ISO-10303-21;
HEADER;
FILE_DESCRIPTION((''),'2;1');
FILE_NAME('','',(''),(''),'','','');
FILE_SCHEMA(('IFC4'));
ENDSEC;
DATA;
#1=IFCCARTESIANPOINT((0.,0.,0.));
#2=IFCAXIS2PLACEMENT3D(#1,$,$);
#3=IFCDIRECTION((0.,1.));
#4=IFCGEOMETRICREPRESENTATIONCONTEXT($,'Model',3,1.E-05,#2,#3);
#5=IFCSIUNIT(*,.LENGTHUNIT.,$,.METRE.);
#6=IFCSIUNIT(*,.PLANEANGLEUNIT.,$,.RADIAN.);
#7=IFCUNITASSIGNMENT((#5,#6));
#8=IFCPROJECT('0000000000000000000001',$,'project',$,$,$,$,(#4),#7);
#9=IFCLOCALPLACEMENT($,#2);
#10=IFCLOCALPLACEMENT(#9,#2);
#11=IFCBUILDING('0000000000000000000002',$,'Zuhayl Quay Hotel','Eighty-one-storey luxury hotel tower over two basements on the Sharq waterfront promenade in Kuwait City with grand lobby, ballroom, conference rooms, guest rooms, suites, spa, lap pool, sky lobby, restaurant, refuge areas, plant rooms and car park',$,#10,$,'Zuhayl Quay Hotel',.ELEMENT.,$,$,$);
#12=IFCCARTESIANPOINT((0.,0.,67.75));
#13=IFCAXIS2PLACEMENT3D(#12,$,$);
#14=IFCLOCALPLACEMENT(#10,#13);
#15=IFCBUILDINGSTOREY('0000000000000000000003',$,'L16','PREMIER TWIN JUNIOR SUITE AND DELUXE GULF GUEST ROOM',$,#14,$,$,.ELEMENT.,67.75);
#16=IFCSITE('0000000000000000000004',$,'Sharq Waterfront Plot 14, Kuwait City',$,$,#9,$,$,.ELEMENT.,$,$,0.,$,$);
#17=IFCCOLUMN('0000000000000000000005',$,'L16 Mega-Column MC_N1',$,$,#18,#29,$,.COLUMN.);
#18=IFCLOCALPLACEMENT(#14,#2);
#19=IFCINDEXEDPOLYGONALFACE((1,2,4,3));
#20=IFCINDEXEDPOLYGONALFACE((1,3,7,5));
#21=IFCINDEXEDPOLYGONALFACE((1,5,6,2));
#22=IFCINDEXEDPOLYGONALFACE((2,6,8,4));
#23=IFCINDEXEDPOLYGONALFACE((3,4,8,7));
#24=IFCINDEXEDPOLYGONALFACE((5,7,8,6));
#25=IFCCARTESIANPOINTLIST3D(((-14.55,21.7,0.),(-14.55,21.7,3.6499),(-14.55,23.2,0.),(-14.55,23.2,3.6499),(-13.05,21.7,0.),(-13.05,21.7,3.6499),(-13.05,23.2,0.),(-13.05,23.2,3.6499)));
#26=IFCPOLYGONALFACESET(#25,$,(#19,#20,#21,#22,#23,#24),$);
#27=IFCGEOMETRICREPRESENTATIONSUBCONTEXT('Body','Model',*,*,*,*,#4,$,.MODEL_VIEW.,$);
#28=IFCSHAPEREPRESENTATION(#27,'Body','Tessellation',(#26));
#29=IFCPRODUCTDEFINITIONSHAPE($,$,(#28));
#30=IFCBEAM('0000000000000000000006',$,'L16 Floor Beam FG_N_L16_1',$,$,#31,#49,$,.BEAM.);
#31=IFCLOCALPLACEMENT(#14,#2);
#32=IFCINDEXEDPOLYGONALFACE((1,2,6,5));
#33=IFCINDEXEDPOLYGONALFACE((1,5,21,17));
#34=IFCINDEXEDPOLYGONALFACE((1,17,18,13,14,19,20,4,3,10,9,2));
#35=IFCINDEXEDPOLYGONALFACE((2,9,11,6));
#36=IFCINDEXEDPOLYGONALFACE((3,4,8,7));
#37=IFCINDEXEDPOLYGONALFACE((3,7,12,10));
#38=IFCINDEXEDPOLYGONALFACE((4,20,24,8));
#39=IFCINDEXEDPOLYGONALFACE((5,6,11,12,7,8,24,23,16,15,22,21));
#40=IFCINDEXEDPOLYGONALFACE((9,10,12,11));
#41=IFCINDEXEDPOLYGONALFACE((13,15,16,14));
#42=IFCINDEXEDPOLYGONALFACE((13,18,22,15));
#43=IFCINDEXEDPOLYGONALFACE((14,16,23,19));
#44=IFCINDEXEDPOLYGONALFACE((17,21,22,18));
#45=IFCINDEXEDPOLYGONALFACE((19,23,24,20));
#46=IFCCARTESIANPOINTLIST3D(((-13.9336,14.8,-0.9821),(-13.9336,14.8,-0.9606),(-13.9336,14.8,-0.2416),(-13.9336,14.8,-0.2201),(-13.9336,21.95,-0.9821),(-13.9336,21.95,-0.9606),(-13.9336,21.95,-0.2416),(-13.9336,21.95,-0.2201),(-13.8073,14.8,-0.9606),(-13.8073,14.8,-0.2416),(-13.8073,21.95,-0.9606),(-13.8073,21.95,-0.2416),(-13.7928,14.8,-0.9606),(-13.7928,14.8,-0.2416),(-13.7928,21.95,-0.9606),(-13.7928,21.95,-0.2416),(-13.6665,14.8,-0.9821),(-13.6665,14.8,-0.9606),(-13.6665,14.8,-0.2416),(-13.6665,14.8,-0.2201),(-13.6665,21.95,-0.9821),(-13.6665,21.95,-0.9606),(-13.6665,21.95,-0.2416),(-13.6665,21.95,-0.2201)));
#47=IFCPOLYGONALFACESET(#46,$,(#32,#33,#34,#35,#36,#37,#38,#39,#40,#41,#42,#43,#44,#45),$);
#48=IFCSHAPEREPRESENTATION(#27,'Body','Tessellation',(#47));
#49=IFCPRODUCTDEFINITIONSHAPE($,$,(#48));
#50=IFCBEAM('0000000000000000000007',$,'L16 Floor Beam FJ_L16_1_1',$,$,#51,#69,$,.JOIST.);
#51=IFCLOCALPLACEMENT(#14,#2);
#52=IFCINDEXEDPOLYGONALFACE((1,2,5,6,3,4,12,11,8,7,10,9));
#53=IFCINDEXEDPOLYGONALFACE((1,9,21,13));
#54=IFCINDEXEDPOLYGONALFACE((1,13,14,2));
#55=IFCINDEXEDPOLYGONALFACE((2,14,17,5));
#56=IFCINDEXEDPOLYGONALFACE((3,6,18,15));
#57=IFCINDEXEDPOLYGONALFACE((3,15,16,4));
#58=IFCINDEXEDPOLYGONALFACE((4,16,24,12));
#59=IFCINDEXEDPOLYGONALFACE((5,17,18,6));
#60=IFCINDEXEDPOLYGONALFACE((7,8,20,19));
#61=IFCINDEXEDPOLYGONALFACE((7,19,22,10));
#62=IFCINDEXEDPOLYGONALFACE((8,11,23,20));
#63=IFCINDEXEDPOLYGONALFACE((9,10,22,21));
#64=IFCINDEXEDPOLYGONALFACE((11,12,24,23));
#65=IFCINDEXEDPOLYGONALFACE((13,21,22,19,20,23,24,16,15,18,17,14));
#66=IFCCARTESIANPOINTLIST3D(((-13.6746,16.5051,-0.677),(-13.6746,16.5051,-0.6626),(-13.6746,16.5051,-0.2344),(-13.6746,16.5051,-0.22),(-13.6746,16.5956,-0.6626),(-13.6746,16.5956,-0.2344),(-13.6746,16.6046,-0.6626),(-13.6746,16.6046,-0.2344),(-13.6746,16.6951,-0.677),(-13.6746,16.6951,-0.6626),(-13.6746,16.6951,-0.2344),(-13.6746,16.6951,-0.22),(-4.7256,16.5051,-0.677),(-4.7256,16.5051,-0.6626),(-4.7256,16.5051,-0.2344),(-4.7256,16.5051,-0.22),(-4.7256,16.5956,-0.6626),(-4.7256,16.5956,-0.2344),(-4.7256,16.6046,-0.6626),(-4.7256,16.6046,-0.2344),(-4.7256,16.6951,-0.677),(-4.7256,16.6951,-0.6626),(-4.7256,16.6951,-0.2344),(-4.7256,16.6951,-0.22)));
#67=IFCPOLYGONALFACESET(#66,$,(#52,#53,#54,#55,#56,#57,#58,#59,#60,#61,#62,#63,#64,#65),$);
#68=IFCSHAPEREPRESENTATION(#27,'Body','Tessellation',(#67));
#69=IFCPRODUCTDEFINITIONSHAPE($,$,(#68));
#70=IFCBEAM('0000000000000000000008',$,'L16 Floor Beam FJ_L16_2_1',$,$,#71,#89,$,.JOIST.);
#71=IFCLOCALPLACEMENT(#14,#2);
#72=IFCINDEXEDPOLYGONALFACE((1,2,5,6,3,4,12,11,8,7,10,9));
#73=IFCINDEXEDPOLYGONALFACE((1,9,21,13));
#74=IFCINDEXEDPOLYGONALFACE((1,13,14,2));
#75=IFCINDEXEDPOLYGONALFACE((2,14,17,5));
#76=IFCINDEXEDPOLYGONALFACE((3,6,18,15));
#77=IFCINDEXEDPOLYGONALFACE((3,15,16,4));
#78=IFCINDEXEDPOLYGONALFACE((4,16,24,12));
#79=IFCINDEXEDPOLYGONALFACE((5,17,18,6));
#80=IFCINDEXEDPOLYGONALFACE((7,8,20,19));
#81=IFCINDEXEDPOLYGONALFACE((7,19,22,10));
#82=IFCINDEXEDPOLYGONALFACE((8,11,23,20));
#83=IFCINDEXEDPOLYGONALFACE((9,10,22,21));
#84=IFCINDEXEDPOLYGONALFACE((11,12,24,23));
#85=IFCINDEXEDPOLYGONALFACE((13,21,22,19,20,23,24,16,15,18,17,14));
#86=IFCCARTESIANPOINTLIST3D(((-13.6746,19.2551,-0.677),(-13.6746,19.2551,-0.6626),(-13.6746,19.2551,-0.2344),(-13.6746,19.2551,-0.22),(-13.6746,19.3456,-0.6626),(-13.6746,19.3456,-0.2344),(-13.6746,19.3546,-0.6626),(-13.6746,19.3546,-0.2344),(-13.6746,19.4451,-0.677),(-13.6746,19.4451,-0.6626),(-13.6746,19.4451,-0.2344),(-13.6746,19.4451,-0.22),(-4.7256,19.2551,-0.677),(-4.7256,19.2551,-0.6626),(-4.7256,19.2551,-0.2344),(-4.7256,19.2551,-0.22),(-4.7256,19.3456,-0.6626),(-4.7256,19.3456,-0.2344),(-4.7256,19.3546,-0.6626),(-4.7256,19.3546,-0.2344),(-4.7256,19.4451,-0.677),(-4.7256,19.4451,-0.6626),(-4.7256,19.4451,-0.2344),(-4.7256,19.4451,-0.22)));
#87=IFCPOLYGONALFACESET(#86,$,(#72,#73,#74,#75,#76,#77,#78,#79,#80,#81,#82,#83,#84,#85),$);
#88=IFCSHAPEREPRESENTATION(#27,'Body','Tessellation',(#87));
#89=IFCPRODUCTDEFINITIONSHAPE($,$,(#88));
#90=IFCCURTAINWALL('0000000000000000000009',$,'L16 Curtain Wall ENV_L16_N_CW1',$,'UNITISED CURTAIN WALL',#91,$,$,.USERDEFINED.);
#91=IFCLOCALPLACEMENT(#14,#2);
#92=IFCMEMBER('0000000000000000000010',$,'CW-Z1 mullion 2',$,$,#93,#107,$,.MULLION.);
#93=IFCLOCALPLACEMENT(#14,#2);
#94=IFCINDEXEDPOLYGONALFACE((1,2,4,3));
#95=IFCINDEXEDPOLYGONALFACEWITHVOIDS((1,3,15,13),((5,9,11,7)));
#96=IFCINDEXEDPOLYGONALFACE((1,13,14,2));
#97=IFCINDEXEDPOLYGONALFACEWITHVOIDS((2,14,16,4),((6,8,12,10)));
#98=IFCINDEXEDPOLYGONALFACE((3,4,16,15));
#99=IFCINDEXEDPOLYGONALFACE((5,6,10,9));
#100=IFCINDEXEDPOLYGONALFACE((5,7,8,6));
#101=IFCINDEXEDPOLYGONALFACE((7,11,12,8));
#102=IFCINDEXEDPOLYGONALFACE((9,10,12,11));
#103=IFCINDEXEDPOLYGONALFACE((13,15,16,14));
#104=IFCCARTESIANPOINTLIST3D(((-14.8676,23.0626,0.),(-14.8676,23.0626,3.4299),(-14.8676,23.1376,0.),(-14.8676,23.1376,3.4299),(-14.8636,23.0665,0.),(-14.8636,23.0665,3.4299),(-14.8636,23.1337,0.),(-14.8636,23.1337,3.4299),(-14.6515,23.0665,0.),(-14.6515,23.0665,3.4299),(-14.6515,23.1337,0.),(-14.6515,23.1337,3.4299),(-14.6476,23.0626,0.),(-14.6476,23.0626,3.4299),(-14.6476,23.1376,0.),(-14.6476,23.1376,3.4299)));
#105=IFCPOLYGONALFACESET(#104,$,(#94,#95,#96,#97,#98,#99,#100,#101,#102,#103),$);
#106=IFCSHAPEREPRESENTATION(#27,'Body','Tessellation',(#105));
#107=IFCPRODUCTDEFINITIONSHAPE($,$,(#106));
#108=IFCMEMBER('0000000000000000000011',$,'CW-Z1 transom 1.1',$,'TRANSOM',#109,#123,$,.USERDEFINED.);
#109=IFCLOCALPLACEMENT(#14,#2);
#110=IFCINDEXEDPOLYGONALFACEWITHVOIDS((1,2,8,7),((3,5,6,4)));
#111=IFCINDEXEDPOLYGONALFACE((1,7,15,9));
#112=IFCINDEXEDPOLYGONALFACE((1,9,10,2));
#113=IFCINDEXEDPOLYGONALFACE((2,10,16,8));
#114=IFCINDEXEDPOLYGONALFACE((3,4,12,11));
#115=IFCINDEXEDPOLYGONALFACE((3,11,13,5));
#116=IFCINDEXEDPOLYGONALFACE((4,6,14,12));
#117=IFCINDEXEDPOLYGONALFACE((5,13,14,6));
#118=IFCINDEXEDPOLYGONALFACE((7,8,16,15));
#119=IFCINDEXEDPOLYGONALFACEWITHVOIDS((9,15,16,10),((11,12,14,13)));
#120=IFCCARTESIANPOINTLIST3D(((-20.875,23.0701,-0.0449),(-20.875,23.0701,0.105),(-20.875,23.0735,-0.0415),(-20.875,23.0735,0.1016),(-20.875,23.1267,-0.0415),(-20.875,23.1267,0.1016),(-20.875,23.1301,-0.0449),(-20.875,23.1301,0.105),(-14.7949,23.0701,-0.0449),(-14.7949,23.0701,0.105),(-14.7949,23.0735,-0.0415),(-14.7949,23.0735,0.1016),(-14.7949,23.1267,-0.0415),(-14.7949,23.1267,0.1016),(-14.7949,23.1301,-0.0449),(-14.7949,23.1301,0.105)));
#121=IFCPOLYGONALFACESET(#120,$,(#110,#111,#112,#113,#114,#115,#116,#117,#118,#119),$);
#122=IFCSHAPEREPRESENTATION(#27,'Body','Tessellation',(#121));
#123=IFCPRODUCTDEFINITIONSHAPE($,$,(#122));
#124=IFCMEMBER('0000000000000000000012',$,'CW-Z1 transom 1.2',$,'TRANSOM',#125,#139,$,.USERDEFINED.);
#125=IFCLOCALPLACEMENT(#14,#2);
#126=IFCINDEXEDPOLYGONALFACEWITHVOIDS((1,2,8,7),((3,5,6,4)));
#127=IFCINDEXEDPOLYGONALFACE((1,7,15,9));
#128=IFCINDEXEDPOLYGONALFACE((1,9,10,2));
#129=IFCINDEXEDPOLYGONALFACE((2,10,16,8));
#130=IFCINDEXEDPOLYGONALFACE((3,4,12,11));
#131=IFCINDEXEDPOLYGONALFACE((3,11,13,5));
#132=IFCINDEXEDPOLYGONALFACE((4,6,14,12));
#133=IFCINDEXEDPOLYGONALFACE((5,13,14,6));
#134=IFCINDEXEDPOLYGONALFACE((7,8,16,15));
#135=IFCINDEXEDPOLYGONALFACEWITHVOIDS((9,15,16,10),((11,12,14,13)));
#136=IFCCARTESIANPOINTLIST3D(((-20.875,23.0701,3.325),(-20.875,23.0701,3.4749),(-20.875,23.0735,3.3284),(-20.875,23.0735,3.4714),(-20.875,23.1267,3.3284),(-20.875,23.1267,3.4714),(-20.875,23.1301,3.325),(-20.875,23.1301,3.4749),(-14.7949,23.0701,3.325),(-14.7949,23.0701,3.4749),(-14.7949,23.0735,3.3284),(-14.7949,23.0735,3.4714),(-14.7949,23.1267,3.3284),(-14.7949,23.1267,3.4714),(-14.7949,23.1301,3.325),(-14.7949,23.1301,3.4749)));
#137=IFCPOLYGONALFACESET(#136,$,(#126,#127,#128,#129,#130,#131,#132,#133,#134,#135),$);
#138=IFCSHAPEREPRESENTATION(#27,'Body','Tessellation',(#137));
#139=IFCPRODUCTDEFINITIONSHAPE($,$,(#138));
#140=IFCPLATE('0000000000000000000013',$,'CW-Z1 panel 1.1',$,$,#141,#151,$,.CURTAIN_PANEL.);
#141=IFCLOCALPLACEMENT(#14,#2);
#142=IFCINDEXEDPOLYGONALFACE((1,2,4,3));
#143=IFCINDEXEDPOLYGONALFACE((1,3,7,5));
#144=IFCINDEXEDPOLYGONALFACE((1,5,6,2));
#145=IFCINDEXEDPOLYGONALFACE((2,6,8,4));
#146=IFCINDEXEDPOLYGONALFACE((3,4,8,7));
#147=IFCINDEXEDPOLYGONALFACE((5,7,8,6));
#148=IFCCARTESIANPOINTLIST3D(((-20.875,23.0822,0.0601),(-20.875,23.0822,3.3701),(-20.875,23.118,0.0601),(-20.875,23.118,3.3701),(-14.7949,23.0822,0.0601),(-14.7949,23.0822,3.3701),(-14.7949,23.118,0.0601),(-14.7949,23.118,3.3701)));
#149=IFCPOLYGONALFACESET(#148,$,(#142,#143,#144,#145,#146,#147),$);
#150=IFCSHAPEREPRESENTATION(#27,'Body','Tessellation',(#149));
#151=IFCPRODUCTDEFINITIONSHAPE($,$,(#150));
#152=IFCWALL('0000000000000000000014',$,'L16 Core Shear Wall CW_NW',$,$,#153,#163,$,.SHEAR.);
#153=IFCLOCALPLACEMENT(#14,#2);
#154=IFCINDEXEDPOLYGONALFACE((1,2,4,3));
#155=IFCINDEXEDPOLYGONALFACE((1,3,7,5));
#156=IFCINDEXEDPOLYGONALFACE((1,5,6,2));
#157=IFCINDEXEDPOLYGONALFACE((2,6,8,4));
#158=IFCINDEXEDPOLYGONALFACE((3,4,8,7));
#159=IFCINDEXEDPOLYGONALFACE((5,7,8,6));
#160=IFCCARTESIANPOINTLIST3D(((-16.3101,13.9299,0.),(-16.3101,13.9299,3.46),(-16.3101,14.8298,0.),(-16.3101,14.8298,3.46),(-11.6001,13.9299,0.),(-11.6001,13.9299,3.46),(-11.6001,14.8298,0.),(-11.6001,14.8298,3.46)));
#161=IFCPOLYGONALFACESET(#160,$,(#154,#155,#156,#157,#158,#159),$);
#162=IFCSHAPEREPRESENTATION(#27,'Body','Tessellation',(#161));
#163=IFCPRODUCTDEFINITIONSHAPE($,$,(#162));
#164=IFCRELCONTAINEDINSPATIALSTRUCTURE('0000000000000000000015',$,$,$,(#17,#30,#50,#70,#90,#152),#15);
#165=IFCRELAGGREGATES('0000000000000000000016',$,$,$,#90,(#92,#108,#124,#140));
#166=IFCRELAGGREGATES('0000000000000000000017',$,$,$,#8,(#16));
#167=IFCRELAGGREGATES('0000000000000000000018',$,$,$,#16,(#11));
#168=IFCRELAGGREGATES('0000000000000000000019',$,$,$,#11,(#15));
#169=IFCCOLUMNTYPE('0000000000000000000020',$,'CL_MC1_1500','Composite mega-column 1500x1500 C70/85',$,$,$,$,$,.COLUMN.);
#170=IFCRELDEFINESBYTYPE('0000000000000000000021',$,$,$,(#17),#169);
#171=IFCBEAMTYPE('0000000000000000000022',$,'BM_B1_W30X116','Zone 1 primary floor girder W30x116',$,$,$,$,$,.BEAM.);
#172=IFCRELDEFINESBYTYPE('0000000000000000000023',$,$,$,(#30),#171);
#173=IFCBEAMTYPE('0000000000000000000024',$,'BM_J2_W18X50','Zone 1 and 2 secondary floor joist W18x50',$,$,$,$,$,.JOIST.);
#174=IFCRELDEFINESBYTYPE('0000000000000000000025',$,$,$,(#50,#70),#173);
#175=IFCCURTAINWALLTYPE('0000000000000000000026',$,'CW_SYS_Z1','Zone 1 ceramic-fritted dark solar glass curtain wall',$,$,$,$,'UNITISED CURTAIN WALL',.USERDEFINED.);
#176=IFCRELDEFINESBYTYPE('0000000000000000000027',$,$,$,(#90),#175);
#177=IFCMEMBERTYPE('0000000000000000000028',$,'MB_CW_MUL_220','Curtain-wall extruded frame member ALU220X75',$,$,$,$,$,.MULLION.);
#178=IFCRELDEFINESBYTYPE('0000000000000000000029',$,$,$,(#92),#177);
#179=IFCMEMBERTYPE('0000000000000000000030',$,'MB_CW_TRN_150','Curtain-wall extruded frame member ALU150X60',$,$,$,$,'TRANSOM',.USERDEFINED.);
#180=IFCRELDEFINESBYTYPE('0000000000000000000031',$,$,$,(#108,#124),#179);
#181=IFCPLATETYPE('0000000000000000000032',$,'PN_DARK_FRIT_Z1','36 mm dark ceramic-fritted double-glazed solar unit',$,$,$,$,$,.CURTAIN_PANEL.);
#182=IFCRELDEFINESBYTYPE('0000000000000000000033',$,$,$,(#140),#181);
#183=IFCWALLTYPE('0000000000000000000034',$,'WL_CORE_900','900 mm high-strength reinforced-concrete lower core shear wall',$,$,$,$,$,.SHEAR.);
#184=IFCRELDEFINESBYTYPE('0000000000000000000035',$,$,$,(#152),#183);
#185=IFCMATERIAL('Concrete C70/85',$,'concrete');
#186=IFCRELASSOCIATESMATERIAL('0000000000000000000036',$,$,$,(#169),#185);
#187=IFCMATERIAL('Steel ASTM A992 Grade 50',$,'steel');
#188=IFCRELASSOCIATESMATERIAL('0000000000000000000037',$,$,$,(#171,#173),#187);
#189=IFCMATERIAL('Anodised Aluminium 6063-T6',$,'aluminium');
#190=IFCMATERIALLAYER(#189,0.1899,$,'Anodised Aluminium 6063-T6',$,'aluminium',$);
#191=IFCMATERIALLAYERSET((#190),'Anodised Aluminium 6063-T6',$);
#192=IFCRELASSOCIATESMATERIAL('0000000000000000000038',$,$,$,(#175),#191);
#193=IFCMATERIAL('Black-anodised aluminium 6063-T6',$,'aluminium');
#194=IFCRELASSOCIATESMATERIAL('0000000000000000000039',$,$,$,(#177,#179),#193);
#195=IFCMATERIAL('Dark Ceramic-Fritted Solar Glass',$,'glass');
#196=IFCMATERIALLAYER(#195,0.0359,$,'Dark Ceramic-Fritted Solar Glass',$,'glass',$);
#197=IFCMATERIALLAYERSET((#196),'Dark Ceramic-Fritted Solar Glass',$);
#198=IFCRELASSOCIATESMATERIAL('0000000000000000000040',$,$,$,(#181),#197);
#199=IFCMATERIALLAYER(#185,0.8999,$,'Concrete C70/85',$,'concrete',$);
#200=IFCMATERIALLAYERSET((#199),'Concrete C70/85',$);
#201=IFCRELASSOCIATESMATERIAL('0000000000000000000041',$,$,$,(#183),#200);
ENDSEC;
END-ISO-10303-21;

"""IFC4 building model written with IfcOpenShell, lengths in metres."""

from ifc_helpers import new_model, si_unit, direction, frame, frame_2d, origin, origin_2d, place, context, subcontext, project, spatial, rectangle, hollow_rectangle, i_section, extrude, material, layer, layer_set, material_profile, profile_set, type_object, element, aggregate, save


model = new_model("IFC4")

# Units and contexts
model_context = context("Model", 3, precision=1e-05, world=origin(), true_north=direction((0.0, 1.0)))
body_context = subcontext(model_context, "Body", "Model", "MODEL_VIEW")
ifc_project = project(units=[si_unit("LENGTHUNIT", "METRE"), si_unit("PLANEANGLEUNIT", "RADIAN")], contexts=[model_context])

# Site, building, storey
site_placement = place(None, origin())
site = spatial("IfcSite", under=ifc_project, at=site_placement, Name="Sharq Waterfront Plot 14, Kuwait City", CompositionType="ELEMENT", RefElevation=0.0)
building_placement = place(site_placement, origin())
building = spatial("IfcBuilding", under=site, at=building_placement, Name="Zuhayl Quay Hotel", Description="Eighty-one-storey luxury hotel tower over two basements on the Sharq waterfront promenade in Kuwait City with grand lobby, ballroom, conference rooms, guest rooms, suites, spa, lap pool, sky lobby, restaurant, refuge areas, plant rooms and car park", LongName="Zuhayl Quay Hotel", CompositionType="ELEMENT")
storey_placement = place(building_placement, frame((0.0, 0.0, 67.75)))
storey = spatial("IfcBuildingStorey", under=building, at=storey_placement, Name="L16", Description="PREMIER TWIN JUNIOR SUITE AND DELUXE GULF GUEST ROOM", CompositionType="ELEMENT", Elevation=67.75)

# Column
ifc_material_1 = material(Name="Concrete C70/85", Category="concrete")
ifc_material_profile_1 = material_profile(ifc_material_1, rectangle(XDim=1.5, YDim=1.5, at=origin_2d()), Name="RC1500X1500")
ifc_profile_set_1 = profile_set([ifc_material_profile_1], Name="Concrete C70/85")
column_type = type_object("IfcColumnType", Name="CL_MC1_1500", Description="Composite mega-column 1500x1500 C70/85", PredefinedType="COLUMN", material=ifc_profile_set_1)
column_placement = place(storey_placement, frame((-13.8, 22.45, 0.0), z_axis=(0.0, 0.0, 1.0), x_axis=(1.0, 0.0, 0.0)))
element("IfcColumn", 1, at=column_placement, inside=storey, type_object=column_type, Name="L16 Mega-Column MC_N1", PredefinedType="COLUMN", context=body_context, shape_type="SweptSolid", body=[
    extrude(rectangle(XDim=1.5, YDim=1.5, at=origin_2d()), origin(), (0.0, 0.0, 1.0), 3.6499),
])

# Beams
ifc_material_2 = material(Name="Steel ASTM A992 Grade 50", Category="steel")
ifc_material_profile_2 = material_profile(ifc_material_2, i_section(OverallWidth=0.2671, OverallDepth=0.762, WebThickness=0.0144, FlangeThickness=0.0215, at=origin_2d()), Name="W30X116")
ifc_profile_set_2 = profile_set([ifc_material_profile_2], Name="Steel ASTM A992 Grade 50")
beam_type_1 = type_object("IfcBeamType", Name="BM_B1_W30X116", Description="Zone 1 primary floor girder W30x116", PredefinedType="BEAM", material=ifc_profile_set_2)
beam_placement = place(storey_placement, frame((-13.8, 14.8, -0.6011), z_axis=(0.0, 1.0, 0.0), x_axis=(-1.0, 0.0, 0.0)))
element("IfcBeam", 2, at=beam_placement, inside=storey, type_object=beam_type_1, Name="L16 Floor Beam FG_N_L16_1", PredefinedType="BEAM", context=body_context, shape_type="SweptSolid", body=[
    extrude(i_section(OverallWidth=0.2671, OverallDepth=0.762, WebThickness=0.0144, FlangeThickness=0.0215, at=origin_2d()), origin(), (0.0, 0.0, 1.0), 7.1499),
])
ifc_material_profile_3 = material_profile(ifc_material_2, i_section(OverallWidth=0.1899, OverallDepth=0.457, WebThickness=0.009, FlangeThickness=0.0144, at=origin_2d()), Name="W18X50")
ifc_profile_set_3 = profile_set([ifc_material_profile_3], Name="Steel ASTM A992 Grade 50")
beam_type_2 = type_object("IfcBeamType", Name="BM_J2_W18X50", Description="Zone 1 and 2 secondary floor joist W18x50", PredefinedType="JOIST", material=ifc_profile_set_3)
for number, where, z_axis, x_axis, name in (
    (3, (-13.6746, 16.6001, -0.4485), (1.0, 0.0, 0.0), (0.0, 1.0, 0.0), "L16 Floor Beam FJ_L16_1_1"),
    (4, (-13.6746, 19.3501, -0.4485), (1.0, 0.0, 0.0), (0.0, 1.0, 0.0), "L16 Floor Beam FJ_L16_2_1"),
):
    element("IfcBeam", number, at=place(storey_placement, frame(where, z_axis=z_axis, x_axis=x_axis)), inside=storey, type_object=beam_type_2, Name=name, PredefinedType="JOIST", context=body_context, shape_type="SweptSolid", body=[
        extrude(i_section(OverallWidth=0.1899, OverallDepth=0.457, WebThickness=0.009, FlangeThickness=0.0144, at=origin_2d()), origin(), (0.0, 0.0, 1.0), 8.949),
    ])

# Curtain wall, members, plate
ifc_material_3 = material(Name="Anodised Aluminium 6063-T6", Category="aluminium")
ifc_layer_1 = layer(ifc_material_3, 0.1899, Name="Anodised Aluminium 6063-T6", Category="aluminium")
ifc_layer_set_1 = layer_set([ifc_layer_1], Name="Anodised Aluminium 6063-T6")
curtain_wall_type = type_object("IfcCurtainWallType", Name="CW_SYS_Z1", Description="Zone 1 ceramic-fritted dark solar glass curtain wall", ElementType="UNITISED CURTAIN WALL", PredefinedType="USERDEFINED", material=ifc_layer_set_1)
curtain_wall_placement = place(storey_placement, origin())
curtain_wall = element("IfcCurtainWall", 5, at=curtain_wall_placement, inside=storey, type_object=curtain_wall_type, Name="L16 Curtain Wall ENV_L16_N_CW1", ObjectType="UNITISED CURTAIN WALL", PredefinedType="USERDEFINED")
ifc_material_4 = material(Name="Black-anodised aluminium 6063-T6", Category="aluminium")
ifc_material_profile_4 = material_profile(ifc_material_4, hollow_rectangle(XDim=0.075, YDim=0.22, WallThickness=0.0039, at=origin_2d()), Name="ALU220X75")
ifc_profile_set_4 = profile_set([ifc_material_profile_4], Name="Black-anodised aluminium 6063-T6")
member_type_1 = type_object("IfcMemberType", Name="MB_CW_MUL_220", Description="Curtain-wall extruded frame member ALU220X75", PredefinedType="MULLION", material=ifc_profile_set_4)
member_1_placement = place(storey_placement, frame((-14.7576, 23.1001, 0.0), z_axis=(0.0, 0.0, 1.0), x_axis=(0.0, 1.0, 0.0)))
member_1 = element("IfcMember", 6, at=member_1_placement, type_object=member_type_1, Name="CW-Z1 mullion 2", PredefinedType="MULLION", context=body_context, shape_type="SweptSolid", body=[
    extrude(hollow_rectangle(XDim=0.075, YDim=0.22, WallThickness=0.0039, at=origin_2d()), origin(), (0.0, 0.0, 1.0), 3.4299),
])
ifc_material_profile_5 = material_profile(ifc_material_4, hollow_rectangle(XDim=0.0601, YDim=0.1499, WallThickness=0.0034, at=origin_2d()), Name="ALU150X60")
ifc_profile_set_5 = profile_set([ifc_material_profile_5], Name="Black-anodised aluminium 6063-T6")
member_type_2 = type_object("IfcMemberType", Name="MB_CW_TRN_150", Description="Curtain-wall extruded frame member ALU150X60", ElementType="TRANSOM", PredefinedType="USERDEFINED", material=ifc_profile_set_5)
member_2_placement = place(storey_placement, frame((-20.875, 23.1001, 0.03), z_axis=(1.0, 0.0, 0.0), x_axis=(0.0, 1.0, 0.0)))
member_2 = element("IfcMember", 7, at=member_2_placement, type_object=member_type_2, Name="CW-Z1 transom 1.1", ObjectType="TRANSOM", PredefinedType="USERDEFINED", context=body_context, shape_type="SweptSolid", body=[
    extrude(hollow_rectangle(XDim=0.0601, YDim=0.1499, WallThickness=0.0034, at=origin_2d()), origin(), (0.0, 0.0, 1.0), 6.0801),
])
member_3_placement = place(storey_placement, frame((-20.875, 23.1001, 3.3999), z_axis=(1.0, 0.0, 0.0), x_axis=(0.0, 1.0, 0.0)))
member_3 = element("IfcMember", 8, at=member_3_placement, type_object=member_type_2, Name="CW-Z1 transom 1.2", ObjectType="TRANSOM", PredefinedType="USERDEFINED", context=body_context, shape_type="SweptSolid", body=[
    extrude(hollow_rectangle(XDim=0.0601, YDim=0.1499, WallThickness=0.0034, at=origin_2d()), origin(), (0.0, 0.0, 1.0), 6.0801),
])
ifc_material_5 = material(Name="Dark Ceramic-Fritted Solar Glass", Category="glass")
ifc_layer_2 = layer(ifc_material_5, 0.0359, Name="Dark Ceramic-Fritted Solar Glass", Category="glass")
ifc_layer_set_2 = layer_set([ifc_layer_2], Name="Dark Ceramic-Fritted Solar Glass")
plate_type = type_object("IfcPlateType", Name="PN_DARK_FRIT_Z1", Description="36 mm dark ceramic-fritted double-glazed solar unit", PredefinedType="CURTAIN_PANEL", material=ifc_layer_set_2)
plate_placement = place(storey_placement, frame((-17.835, 23.1001, 0.0601), z_axis=(0.0, 0.0, 1.0), x_axis=(1.0, 0.0, 0.0)))
plate = element("IfcPlate", 9, at=plate_placement, type_object=plate_type, Name="CW-Z1 panel 1.1", PredefinedType="CURTAIN_PANEL", context=body_context, shape_type="SweptSolid", body=[
    extrude(rectangle(XDim=6.0801, YDim=0.0359, at=origin_2d()), origin(), (0.0, 0.0, 1.0), 3.3101),
])
aggregate(curtain_wall, [member_1, member_2, member_3, plate])

# Wall
ifc_layer_3 = layer(ifc_material_1, 0.8999, Name="Concrete C70/85", Category="concrete")
ifc_layer_set_3 = layer_set([ifc_layer_3], Name="Concrete C70/85")
wall_type_1 = type_object("IfcWallType", Name="WL_CORE_900", Description="900 mm high-strength reinforced-concrete lower core shear wall", PredefinedType="SHEAR", material=ifc_layer_set_3)
wall_1_placement = place(storey_placement, frame((-16.3101, 14.3799, 0.0), z_axis=(0.0, 0.0, 1.0), x_axis=(1.0, 0.0, 0.0)))
element("IfcWall", 10, at=wall_1_placement, inside=storey, type_object=wall_type_1, Name="L16 Core Shear Wall CW_NW", PredefinedType="SHEAR", context=body_context, shape_type="SweptSolid", body=[
    extrude(rectangle(XDim=4.71, YDim=0.8999, at=frame_2d((2.355, 0.0))), origin(), (0.0, 0.0, 1.0), 3.46),
])

save(model, "model.ifc")
